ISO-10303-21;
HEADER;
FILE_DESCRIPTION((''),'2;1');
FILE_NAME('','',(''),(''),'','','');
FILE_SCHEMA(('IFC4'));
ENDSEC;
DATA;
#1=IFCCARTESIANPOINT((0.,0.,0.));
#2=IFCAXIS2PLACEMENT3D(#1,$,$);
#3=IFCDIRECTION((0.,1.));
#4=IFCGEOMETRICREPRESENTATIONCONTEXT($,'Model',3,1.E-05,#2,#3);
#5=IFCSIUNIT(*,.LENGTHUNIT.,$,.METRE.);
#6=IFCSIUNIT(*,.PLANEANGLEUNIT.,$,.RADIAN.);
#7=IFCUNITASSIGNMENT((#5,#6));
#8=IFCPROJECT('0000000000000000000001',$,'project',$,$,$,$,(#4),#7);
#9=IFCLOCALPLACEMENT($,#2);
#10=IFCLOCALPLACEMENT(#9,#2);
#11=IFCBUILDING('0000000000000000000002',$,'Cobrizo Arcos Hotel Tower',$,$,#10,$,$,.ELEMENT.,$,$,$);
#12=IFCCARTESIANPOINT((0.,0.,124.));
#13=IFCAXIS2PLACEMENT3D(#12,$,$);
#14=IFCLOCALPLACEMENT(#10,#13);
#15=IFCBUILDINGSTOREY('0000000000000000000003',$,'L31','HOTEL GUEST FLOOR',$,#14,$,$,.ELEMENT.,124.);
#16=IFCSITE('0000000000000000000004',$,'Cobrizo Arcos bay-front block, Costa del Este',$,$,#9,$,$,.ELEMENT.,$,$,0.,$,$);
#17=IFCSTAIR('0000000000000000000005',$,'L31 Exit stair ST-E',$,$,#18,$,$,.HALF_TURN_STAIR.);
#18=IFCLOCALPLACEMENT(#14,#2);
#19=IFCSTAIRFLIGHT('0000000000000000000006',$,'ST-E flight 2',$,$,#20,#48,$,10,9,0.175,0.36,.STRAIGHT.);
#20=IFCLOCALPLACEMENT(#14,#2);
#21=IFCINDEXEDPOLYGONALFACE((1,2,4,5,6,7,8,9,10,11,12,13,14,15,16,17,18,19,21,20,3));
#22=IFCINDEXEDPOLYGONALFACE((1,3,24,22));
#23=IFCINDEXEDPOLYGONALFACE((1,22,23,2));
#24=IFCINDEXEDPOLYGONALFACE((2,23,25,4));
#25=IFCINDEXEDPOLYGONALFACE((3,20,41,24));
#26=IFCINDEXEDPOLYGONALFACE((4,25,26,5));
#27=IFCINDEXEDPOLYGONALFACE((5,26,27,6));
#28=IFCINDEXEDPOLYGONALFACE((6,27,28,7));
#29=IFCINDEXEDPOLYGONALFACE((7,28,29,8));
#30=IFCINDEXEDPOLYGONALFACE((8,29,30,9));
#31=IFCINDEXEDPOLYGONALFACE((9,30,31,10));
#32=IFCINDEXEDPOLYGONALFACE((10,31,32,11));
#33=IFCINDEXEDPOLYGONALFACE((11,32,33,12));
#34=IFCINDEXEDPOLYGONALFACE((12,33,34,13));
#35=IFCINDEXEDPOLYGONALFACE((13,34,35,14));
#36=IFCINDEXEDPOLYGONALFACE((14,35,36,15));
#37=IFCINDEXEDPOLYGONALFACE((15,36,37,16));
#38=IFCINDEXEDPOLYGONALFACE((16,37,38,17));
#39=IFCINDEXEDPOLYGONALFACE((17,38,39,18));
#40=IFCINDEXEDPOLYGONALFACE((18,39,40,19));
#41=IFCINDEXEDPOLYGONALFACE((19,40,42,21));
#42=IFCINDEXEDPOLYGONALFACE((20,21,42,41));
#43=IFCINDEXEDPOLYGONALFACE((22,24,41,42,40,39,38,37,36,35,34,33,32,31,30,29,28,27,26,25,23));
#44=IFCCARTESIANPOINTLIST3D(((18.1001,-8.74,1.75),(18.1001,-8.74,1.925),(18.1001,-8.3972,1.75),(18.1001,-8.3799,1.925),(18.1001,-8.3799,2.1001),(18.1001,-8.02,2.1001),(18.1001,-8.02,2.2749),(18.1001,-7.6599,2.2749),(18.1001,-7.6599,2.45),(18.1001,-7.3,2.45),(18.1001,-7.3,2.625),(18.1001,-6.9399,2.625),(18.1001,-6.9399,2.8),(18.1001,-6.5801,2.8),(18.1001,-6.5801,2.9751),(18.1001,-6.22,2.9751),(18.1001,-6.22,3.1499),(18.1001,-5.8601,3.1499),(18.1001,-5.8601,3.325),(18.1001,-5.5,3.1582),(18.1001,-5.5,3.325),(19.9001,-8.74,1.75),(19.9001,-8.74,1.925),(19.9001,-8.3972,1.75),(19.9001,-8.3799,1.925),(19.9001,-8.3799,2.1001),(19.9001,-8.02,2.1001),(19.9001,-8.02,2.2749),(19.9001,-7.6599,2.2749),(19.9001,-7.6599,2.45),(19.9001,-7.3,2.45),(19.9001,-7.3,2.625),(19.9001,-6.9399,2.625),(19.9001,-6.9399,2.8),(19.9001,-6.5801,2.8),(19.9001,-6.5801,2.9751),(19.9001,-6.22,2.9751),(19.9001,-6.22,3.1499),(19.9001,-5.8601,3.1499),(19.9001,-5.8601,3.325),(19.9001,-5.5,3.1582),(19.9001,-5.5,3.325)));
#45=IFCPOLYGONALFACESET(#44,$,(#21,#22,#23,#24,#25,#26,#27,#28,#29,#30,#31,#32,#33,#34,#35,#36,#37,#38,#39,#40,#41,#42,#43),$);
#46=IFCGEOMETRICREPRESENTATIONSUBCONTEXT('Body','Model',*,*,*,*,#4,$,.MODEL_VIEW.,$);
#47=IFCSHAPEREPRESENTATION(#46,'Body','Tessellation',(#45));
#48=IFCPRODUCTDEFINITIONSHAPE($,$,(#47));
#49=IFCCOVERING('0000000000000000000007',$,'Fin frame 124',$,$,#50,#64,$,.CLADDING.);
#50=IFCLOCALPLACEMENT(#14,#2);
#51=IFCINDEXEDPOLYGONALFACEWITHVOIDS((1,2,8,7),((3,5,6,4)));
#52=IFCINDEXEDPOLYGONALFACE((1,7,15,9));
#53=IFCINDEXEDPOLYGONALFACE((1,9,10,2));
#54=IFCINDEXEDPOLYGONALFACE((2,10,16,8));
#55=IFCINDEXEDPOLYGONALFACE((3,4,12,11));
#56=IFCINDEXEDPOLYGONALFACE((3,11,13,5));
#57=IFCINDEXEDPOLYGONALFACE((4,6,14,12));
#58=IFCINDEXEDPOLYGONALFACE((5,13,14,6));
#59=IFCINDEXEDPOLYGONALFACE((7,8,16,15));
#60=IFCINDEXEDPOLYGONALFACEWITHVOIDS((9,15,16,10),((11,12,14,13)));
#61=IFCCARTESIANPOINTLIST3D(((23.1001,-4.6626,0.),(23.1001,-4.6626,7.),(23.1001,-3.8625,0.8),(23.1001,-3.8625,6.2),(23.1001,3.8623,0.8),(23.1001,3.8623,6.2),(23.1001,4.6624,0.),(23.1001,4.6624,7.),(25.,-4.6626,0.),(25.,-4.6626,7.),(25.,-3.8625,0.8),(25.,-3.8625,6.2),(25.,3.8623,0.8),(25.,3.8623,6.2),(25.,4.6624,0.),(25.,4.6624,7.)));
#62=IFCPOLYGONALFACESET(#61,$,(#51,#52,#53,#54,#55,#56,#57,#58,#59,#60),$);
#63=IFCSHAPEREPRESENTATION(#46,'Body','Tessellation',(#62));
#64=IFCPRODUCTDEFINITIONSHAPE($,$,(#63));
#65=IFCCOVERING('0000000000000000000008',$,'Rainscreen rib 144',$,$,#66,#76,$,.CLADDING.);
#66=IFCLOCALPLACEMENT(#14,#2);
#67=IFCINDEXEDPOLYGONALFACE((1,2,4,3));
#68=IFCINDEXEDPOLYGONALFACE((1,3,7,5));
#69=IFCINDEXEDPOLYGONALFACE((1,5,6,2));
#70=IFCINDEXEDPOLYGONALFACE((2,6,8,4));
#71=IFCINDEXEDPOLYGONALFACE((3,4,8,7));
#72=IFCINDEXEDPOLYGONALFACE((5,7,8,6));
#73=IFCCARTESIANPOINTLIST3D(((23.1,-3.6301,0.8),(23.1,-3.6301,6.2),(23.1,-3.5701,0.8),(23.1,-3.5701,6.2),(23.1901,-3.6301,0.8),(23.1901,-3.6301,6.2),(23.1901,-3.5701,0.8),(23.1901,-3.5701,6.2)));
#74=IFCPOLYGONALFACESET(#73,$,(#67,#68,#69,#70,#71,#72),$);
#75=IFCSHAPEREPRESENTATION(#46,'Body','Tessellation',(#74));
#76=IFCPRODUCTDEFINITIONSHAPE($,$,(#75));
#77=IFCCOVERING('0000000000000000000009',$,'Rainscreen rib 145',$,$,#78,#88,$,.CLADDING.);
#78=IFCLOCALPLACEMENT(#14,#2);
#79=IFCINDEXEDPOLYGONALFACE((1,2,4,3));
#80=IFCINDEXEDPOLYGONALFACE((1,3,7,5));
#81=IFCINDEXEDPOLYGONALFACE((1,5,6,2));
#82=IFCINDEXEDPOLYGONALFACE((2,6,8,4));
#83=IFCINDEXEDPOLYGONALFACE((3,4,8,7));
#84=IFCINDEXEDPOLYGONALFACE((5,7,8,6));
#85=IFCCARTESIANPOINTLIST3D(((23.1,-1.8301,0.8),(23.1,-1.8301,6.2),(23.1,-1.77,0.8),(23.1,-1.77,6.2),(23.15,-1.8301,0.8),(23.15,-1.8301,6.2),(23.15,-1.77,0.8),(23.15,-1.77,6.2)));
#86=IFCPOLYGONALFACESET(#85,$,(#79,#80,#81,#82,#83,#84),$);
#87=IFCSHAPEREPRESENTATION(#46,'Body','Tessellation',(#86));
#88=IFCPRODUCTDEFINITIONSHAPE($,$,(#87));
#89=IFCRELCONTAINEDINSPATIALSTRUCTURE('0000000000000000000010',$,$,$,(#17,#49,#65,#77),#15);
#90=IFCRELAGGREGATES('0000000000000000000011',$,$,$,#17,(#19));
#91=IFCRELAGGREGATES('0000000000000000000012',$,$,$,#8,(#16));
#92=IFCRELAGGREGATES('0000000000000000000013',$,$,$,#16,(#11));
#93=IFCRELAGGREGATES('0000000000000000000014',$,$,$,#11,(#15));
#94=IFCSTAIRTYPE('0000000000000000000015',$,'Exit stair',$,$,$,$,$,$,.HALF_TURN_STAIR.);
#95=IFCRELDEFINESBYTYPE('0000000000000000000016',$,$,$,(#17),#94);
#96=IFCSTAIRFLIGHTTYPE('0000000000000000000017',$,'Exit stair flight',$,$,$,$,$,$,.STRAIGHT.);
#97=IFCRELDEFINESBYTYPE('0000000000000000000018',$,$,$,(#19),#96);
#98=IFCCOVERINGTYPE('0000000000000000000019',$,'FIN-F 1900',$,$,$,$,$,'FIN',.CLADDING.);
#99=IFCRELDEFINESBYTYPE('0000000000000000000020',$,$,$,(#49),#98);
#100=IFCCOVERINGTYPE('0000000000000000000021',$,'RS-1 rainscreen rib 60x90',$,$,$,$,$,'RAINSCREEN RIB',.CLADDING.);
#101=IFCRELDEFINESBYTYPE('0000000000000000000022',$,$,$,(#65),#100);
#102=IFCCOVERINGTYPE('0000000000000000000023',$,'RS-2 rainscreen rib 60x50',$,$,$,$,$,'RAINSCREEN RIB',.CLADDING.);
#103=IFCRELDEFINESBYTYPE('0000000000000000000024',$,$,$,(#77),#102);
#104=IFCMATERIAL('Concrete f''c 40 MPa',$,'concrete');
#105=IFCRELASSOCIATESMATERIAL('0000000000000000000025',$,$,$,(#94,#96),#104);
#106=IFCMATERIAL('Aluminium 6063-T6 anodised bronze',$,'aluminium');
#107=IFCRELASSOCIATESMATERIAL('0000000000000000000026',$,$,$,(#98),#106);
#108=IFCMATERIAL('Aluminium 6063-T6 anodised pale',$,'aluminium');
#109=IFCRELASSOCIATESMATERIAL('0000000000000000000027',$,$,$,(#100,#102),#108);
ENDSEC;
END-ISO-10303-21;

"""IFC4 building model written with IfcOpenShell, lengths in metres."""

from ifc_helpers import new_model, si_unit, direction, frame, origin, origin_2d, place, context, subcontext, project, spatial, polyline, rectangle, outline, extrude, material, type_object, element, aggregate, save


model = new_model("IFC4")

# Units and contexts
model_context = context("Model", 3, precision=1e-05, world=origin(), true_north=direction((0.0, 1.0)))
body_context = subcontext(model_context, "Body", "Model", "MODEL_VIEW")
ifc_project = project(units=[si_unit("LENGTHUNIT", "METRE"), si_unit("PLANEANGLEUNIT", "RADIAN")], contexts=[model_context])

# Site, building, storey
site_placement = place(None, origin())
site = spatial("IfcSite", under=ifc_project, at=site_placement, Name="Cobrizo Arcos bay-front block, Costa del Este", CompositionType="ELEMENT", RefElevation=0.0)
building_placement = place(site_placement, origin())
building = spatial("IfcBuilding", under=site, at=building_placement, Name="Cobrizo Arcos Hotel Tower", CompositionType="ELEMENT")
storey_placement = place(building_placement, frame((0.0, 0.0, 124.0)))
storey = spatial("IfcBuildingStorey", under=building, at=storey_placement, Name="L31", Description="HOTEL GUEST FLOOR", CompositionType="ELEMENT", Elevation=124.0)

# Shared definitions
ifc_material_1 = material(Name="Aluminium 6063-T6 anodised bronze", Category="aluminium")

# Shared definitions
ifc_material_2 = material(Name="Concrete f'c 40 MPa", Category="concrete")

# Stair, stair flight
stair_type = type_object("IfcStairType", Name="Exit stair", PredefinedType="HALF_TURN_STAIR", material=ifc_material_2)
stair_placement = place(storey_placement, origin())
stair = element("IfcStair", 1, at=stair_placement, inside=storey, type_object=stair_type, Name="L31 Exit stair ST-E", PredefinedType="HALF_TURN_STAIR")
stair_flight_type = type_object("IfcStairFlightType", Name="Exit stair flight", PredefinedType="STRAIGHT", material=ifc_material_2)
stair_flight_1_placement = place(storey_placement, frame((19.0, -8.74, 1.75), z_axis=(0.0, 0.0, 1.0), x_axis=(0.0, 1.0, 0.0)))
stair_flight_1 = element("IfcStairFlight", 2, at=stair_flight_1_placement, type_object=stair_flight_type, Name="ST-E flight 2", NumberOfRisers=10, NumberOfTreads=9, PredefinedType="STRAIGHT", RiserHeight=0.175, TreadLength=0.36, context=body_context, shape_type="SweptSolid", body=[
    extrude(outline(polyline([(0.0, 0.0), (0.0, 0.175), (0.3601, 0.175), (0.3601, 0.3501), (0.72, 0.3501), (0.72, 0.5249), (1.0801, 0.5249), (1.0801, 0.7), (1.4399, 0.7), (1.4399, 0.875), (1.8, 0.875), (1.8, 1.05), (2.1599, 1.05), (2.1599, 1.2251), (2.52, 1.2251), (2.52, 1.3999), (2.8799, 1.3999), (2.8799, 1.575), (3.24, 1.575), (3.24, 1.75), (3.24, 1.4082), (0.3428, 0.0), (0.0, 0.0)])), frame((0.0, 0.8999, 0.0), z_axis=(0.0, -1.0, 0.0), x_axis=(1.0, 0.0, 0.0)), (0.0, 0.0, 1.0), 1.8),
])
aggregate(stair, [stair_flight_1])

# Coverings
covering_type_1 = type_object("IfcCoveringType", Name="FIN-F 1900", ElementType="FIN", PredefinedType="CLADDING", material=ifc_material_1)
covering_1_placement = place(storey_placement, frame((23.1001, -4.6626, 0.0), z_axis=(1.0, 0.0, 0.0), x_axis=(0.0, 1.0, 0.0)))
element("IfcCovering", 3, at=covering_1_placement, inside=storey, type_object=covering_type_1, Name="Fin frame 124", PredefinedType="CLADDING", context=body_context, shape_type="SweptSolid", body=[
    extrude(outline(polyline([(0.0, 7.0), (0.0, 0.0), (9.325, 0.0), (9.325, 7.0), (0.0, 7.0)]), holes=[polyline([(8.5249, 0.8), (0.8, 0.8), (0.8, 6.2), (8.5249, 6.2), (8.5249, 0.8)])]), origin(), (0.0, 0.0, 1.0), 1.8999),
])
ifc_material_3 = material(Name="Aluminium 6063-T6 anodised pale", Category="aluminium")
covering_type_2 = type_object("IfcCoveringType", Name="RS-1 rainscreen rib 60x90", ElementType="RAINSCREEN RIB", PredefinedType="CLADDING", material=ifc_material_3)
covering_2_placement = place(storey_placement, frame((23.145, -3.6001, 0.8), z_axis=(0.0, 0.0, 1.0), x_axis=(0.0, 1.0, 0.0)))
element("IfcCovering", 4, at=covering_2_placement, inside=storey, type_object=covering_type_2, Name="Rainscreen rib 144", PredefinedType="CLADDING", context=body_context, shape_type="SweptSolid", body=[
    extrude(rectangle(XDim=0.0601, YDim=0.0901, at=origin_2d()), origin(), (0.0, 0.0, 1.0), 5.3999),
])
covering_type_3 = type_object("IfcCoveringType", Name="RS-2 rainscreen rib 60x50", ElementType="RAINSCREEN RIB", PredefinedType="CLADDING", material=ifc_material_3)
covering_3_placement = place(storey_placement, frame((23.125, -1.8, 0.8), z_axis=(0.0, 0.0, 1.0), x_axis=(0.0, 1.0, 0.0)))
element("IfcCovering", 5, at=covering_3_placement, inside=storey, type_object=covering_type_3, Name="Rainscreen rib 145", PredefinedType="CLADDING", context=body_context, shape_type="SweptSolid", body=[
    extrude(rectangle(XDim=0.0601, YDim=0.05, at=origin_2d()), origin(), (0.0, 0.0, 1.0), 5.3999),
])

save(model, "model.ifc")
